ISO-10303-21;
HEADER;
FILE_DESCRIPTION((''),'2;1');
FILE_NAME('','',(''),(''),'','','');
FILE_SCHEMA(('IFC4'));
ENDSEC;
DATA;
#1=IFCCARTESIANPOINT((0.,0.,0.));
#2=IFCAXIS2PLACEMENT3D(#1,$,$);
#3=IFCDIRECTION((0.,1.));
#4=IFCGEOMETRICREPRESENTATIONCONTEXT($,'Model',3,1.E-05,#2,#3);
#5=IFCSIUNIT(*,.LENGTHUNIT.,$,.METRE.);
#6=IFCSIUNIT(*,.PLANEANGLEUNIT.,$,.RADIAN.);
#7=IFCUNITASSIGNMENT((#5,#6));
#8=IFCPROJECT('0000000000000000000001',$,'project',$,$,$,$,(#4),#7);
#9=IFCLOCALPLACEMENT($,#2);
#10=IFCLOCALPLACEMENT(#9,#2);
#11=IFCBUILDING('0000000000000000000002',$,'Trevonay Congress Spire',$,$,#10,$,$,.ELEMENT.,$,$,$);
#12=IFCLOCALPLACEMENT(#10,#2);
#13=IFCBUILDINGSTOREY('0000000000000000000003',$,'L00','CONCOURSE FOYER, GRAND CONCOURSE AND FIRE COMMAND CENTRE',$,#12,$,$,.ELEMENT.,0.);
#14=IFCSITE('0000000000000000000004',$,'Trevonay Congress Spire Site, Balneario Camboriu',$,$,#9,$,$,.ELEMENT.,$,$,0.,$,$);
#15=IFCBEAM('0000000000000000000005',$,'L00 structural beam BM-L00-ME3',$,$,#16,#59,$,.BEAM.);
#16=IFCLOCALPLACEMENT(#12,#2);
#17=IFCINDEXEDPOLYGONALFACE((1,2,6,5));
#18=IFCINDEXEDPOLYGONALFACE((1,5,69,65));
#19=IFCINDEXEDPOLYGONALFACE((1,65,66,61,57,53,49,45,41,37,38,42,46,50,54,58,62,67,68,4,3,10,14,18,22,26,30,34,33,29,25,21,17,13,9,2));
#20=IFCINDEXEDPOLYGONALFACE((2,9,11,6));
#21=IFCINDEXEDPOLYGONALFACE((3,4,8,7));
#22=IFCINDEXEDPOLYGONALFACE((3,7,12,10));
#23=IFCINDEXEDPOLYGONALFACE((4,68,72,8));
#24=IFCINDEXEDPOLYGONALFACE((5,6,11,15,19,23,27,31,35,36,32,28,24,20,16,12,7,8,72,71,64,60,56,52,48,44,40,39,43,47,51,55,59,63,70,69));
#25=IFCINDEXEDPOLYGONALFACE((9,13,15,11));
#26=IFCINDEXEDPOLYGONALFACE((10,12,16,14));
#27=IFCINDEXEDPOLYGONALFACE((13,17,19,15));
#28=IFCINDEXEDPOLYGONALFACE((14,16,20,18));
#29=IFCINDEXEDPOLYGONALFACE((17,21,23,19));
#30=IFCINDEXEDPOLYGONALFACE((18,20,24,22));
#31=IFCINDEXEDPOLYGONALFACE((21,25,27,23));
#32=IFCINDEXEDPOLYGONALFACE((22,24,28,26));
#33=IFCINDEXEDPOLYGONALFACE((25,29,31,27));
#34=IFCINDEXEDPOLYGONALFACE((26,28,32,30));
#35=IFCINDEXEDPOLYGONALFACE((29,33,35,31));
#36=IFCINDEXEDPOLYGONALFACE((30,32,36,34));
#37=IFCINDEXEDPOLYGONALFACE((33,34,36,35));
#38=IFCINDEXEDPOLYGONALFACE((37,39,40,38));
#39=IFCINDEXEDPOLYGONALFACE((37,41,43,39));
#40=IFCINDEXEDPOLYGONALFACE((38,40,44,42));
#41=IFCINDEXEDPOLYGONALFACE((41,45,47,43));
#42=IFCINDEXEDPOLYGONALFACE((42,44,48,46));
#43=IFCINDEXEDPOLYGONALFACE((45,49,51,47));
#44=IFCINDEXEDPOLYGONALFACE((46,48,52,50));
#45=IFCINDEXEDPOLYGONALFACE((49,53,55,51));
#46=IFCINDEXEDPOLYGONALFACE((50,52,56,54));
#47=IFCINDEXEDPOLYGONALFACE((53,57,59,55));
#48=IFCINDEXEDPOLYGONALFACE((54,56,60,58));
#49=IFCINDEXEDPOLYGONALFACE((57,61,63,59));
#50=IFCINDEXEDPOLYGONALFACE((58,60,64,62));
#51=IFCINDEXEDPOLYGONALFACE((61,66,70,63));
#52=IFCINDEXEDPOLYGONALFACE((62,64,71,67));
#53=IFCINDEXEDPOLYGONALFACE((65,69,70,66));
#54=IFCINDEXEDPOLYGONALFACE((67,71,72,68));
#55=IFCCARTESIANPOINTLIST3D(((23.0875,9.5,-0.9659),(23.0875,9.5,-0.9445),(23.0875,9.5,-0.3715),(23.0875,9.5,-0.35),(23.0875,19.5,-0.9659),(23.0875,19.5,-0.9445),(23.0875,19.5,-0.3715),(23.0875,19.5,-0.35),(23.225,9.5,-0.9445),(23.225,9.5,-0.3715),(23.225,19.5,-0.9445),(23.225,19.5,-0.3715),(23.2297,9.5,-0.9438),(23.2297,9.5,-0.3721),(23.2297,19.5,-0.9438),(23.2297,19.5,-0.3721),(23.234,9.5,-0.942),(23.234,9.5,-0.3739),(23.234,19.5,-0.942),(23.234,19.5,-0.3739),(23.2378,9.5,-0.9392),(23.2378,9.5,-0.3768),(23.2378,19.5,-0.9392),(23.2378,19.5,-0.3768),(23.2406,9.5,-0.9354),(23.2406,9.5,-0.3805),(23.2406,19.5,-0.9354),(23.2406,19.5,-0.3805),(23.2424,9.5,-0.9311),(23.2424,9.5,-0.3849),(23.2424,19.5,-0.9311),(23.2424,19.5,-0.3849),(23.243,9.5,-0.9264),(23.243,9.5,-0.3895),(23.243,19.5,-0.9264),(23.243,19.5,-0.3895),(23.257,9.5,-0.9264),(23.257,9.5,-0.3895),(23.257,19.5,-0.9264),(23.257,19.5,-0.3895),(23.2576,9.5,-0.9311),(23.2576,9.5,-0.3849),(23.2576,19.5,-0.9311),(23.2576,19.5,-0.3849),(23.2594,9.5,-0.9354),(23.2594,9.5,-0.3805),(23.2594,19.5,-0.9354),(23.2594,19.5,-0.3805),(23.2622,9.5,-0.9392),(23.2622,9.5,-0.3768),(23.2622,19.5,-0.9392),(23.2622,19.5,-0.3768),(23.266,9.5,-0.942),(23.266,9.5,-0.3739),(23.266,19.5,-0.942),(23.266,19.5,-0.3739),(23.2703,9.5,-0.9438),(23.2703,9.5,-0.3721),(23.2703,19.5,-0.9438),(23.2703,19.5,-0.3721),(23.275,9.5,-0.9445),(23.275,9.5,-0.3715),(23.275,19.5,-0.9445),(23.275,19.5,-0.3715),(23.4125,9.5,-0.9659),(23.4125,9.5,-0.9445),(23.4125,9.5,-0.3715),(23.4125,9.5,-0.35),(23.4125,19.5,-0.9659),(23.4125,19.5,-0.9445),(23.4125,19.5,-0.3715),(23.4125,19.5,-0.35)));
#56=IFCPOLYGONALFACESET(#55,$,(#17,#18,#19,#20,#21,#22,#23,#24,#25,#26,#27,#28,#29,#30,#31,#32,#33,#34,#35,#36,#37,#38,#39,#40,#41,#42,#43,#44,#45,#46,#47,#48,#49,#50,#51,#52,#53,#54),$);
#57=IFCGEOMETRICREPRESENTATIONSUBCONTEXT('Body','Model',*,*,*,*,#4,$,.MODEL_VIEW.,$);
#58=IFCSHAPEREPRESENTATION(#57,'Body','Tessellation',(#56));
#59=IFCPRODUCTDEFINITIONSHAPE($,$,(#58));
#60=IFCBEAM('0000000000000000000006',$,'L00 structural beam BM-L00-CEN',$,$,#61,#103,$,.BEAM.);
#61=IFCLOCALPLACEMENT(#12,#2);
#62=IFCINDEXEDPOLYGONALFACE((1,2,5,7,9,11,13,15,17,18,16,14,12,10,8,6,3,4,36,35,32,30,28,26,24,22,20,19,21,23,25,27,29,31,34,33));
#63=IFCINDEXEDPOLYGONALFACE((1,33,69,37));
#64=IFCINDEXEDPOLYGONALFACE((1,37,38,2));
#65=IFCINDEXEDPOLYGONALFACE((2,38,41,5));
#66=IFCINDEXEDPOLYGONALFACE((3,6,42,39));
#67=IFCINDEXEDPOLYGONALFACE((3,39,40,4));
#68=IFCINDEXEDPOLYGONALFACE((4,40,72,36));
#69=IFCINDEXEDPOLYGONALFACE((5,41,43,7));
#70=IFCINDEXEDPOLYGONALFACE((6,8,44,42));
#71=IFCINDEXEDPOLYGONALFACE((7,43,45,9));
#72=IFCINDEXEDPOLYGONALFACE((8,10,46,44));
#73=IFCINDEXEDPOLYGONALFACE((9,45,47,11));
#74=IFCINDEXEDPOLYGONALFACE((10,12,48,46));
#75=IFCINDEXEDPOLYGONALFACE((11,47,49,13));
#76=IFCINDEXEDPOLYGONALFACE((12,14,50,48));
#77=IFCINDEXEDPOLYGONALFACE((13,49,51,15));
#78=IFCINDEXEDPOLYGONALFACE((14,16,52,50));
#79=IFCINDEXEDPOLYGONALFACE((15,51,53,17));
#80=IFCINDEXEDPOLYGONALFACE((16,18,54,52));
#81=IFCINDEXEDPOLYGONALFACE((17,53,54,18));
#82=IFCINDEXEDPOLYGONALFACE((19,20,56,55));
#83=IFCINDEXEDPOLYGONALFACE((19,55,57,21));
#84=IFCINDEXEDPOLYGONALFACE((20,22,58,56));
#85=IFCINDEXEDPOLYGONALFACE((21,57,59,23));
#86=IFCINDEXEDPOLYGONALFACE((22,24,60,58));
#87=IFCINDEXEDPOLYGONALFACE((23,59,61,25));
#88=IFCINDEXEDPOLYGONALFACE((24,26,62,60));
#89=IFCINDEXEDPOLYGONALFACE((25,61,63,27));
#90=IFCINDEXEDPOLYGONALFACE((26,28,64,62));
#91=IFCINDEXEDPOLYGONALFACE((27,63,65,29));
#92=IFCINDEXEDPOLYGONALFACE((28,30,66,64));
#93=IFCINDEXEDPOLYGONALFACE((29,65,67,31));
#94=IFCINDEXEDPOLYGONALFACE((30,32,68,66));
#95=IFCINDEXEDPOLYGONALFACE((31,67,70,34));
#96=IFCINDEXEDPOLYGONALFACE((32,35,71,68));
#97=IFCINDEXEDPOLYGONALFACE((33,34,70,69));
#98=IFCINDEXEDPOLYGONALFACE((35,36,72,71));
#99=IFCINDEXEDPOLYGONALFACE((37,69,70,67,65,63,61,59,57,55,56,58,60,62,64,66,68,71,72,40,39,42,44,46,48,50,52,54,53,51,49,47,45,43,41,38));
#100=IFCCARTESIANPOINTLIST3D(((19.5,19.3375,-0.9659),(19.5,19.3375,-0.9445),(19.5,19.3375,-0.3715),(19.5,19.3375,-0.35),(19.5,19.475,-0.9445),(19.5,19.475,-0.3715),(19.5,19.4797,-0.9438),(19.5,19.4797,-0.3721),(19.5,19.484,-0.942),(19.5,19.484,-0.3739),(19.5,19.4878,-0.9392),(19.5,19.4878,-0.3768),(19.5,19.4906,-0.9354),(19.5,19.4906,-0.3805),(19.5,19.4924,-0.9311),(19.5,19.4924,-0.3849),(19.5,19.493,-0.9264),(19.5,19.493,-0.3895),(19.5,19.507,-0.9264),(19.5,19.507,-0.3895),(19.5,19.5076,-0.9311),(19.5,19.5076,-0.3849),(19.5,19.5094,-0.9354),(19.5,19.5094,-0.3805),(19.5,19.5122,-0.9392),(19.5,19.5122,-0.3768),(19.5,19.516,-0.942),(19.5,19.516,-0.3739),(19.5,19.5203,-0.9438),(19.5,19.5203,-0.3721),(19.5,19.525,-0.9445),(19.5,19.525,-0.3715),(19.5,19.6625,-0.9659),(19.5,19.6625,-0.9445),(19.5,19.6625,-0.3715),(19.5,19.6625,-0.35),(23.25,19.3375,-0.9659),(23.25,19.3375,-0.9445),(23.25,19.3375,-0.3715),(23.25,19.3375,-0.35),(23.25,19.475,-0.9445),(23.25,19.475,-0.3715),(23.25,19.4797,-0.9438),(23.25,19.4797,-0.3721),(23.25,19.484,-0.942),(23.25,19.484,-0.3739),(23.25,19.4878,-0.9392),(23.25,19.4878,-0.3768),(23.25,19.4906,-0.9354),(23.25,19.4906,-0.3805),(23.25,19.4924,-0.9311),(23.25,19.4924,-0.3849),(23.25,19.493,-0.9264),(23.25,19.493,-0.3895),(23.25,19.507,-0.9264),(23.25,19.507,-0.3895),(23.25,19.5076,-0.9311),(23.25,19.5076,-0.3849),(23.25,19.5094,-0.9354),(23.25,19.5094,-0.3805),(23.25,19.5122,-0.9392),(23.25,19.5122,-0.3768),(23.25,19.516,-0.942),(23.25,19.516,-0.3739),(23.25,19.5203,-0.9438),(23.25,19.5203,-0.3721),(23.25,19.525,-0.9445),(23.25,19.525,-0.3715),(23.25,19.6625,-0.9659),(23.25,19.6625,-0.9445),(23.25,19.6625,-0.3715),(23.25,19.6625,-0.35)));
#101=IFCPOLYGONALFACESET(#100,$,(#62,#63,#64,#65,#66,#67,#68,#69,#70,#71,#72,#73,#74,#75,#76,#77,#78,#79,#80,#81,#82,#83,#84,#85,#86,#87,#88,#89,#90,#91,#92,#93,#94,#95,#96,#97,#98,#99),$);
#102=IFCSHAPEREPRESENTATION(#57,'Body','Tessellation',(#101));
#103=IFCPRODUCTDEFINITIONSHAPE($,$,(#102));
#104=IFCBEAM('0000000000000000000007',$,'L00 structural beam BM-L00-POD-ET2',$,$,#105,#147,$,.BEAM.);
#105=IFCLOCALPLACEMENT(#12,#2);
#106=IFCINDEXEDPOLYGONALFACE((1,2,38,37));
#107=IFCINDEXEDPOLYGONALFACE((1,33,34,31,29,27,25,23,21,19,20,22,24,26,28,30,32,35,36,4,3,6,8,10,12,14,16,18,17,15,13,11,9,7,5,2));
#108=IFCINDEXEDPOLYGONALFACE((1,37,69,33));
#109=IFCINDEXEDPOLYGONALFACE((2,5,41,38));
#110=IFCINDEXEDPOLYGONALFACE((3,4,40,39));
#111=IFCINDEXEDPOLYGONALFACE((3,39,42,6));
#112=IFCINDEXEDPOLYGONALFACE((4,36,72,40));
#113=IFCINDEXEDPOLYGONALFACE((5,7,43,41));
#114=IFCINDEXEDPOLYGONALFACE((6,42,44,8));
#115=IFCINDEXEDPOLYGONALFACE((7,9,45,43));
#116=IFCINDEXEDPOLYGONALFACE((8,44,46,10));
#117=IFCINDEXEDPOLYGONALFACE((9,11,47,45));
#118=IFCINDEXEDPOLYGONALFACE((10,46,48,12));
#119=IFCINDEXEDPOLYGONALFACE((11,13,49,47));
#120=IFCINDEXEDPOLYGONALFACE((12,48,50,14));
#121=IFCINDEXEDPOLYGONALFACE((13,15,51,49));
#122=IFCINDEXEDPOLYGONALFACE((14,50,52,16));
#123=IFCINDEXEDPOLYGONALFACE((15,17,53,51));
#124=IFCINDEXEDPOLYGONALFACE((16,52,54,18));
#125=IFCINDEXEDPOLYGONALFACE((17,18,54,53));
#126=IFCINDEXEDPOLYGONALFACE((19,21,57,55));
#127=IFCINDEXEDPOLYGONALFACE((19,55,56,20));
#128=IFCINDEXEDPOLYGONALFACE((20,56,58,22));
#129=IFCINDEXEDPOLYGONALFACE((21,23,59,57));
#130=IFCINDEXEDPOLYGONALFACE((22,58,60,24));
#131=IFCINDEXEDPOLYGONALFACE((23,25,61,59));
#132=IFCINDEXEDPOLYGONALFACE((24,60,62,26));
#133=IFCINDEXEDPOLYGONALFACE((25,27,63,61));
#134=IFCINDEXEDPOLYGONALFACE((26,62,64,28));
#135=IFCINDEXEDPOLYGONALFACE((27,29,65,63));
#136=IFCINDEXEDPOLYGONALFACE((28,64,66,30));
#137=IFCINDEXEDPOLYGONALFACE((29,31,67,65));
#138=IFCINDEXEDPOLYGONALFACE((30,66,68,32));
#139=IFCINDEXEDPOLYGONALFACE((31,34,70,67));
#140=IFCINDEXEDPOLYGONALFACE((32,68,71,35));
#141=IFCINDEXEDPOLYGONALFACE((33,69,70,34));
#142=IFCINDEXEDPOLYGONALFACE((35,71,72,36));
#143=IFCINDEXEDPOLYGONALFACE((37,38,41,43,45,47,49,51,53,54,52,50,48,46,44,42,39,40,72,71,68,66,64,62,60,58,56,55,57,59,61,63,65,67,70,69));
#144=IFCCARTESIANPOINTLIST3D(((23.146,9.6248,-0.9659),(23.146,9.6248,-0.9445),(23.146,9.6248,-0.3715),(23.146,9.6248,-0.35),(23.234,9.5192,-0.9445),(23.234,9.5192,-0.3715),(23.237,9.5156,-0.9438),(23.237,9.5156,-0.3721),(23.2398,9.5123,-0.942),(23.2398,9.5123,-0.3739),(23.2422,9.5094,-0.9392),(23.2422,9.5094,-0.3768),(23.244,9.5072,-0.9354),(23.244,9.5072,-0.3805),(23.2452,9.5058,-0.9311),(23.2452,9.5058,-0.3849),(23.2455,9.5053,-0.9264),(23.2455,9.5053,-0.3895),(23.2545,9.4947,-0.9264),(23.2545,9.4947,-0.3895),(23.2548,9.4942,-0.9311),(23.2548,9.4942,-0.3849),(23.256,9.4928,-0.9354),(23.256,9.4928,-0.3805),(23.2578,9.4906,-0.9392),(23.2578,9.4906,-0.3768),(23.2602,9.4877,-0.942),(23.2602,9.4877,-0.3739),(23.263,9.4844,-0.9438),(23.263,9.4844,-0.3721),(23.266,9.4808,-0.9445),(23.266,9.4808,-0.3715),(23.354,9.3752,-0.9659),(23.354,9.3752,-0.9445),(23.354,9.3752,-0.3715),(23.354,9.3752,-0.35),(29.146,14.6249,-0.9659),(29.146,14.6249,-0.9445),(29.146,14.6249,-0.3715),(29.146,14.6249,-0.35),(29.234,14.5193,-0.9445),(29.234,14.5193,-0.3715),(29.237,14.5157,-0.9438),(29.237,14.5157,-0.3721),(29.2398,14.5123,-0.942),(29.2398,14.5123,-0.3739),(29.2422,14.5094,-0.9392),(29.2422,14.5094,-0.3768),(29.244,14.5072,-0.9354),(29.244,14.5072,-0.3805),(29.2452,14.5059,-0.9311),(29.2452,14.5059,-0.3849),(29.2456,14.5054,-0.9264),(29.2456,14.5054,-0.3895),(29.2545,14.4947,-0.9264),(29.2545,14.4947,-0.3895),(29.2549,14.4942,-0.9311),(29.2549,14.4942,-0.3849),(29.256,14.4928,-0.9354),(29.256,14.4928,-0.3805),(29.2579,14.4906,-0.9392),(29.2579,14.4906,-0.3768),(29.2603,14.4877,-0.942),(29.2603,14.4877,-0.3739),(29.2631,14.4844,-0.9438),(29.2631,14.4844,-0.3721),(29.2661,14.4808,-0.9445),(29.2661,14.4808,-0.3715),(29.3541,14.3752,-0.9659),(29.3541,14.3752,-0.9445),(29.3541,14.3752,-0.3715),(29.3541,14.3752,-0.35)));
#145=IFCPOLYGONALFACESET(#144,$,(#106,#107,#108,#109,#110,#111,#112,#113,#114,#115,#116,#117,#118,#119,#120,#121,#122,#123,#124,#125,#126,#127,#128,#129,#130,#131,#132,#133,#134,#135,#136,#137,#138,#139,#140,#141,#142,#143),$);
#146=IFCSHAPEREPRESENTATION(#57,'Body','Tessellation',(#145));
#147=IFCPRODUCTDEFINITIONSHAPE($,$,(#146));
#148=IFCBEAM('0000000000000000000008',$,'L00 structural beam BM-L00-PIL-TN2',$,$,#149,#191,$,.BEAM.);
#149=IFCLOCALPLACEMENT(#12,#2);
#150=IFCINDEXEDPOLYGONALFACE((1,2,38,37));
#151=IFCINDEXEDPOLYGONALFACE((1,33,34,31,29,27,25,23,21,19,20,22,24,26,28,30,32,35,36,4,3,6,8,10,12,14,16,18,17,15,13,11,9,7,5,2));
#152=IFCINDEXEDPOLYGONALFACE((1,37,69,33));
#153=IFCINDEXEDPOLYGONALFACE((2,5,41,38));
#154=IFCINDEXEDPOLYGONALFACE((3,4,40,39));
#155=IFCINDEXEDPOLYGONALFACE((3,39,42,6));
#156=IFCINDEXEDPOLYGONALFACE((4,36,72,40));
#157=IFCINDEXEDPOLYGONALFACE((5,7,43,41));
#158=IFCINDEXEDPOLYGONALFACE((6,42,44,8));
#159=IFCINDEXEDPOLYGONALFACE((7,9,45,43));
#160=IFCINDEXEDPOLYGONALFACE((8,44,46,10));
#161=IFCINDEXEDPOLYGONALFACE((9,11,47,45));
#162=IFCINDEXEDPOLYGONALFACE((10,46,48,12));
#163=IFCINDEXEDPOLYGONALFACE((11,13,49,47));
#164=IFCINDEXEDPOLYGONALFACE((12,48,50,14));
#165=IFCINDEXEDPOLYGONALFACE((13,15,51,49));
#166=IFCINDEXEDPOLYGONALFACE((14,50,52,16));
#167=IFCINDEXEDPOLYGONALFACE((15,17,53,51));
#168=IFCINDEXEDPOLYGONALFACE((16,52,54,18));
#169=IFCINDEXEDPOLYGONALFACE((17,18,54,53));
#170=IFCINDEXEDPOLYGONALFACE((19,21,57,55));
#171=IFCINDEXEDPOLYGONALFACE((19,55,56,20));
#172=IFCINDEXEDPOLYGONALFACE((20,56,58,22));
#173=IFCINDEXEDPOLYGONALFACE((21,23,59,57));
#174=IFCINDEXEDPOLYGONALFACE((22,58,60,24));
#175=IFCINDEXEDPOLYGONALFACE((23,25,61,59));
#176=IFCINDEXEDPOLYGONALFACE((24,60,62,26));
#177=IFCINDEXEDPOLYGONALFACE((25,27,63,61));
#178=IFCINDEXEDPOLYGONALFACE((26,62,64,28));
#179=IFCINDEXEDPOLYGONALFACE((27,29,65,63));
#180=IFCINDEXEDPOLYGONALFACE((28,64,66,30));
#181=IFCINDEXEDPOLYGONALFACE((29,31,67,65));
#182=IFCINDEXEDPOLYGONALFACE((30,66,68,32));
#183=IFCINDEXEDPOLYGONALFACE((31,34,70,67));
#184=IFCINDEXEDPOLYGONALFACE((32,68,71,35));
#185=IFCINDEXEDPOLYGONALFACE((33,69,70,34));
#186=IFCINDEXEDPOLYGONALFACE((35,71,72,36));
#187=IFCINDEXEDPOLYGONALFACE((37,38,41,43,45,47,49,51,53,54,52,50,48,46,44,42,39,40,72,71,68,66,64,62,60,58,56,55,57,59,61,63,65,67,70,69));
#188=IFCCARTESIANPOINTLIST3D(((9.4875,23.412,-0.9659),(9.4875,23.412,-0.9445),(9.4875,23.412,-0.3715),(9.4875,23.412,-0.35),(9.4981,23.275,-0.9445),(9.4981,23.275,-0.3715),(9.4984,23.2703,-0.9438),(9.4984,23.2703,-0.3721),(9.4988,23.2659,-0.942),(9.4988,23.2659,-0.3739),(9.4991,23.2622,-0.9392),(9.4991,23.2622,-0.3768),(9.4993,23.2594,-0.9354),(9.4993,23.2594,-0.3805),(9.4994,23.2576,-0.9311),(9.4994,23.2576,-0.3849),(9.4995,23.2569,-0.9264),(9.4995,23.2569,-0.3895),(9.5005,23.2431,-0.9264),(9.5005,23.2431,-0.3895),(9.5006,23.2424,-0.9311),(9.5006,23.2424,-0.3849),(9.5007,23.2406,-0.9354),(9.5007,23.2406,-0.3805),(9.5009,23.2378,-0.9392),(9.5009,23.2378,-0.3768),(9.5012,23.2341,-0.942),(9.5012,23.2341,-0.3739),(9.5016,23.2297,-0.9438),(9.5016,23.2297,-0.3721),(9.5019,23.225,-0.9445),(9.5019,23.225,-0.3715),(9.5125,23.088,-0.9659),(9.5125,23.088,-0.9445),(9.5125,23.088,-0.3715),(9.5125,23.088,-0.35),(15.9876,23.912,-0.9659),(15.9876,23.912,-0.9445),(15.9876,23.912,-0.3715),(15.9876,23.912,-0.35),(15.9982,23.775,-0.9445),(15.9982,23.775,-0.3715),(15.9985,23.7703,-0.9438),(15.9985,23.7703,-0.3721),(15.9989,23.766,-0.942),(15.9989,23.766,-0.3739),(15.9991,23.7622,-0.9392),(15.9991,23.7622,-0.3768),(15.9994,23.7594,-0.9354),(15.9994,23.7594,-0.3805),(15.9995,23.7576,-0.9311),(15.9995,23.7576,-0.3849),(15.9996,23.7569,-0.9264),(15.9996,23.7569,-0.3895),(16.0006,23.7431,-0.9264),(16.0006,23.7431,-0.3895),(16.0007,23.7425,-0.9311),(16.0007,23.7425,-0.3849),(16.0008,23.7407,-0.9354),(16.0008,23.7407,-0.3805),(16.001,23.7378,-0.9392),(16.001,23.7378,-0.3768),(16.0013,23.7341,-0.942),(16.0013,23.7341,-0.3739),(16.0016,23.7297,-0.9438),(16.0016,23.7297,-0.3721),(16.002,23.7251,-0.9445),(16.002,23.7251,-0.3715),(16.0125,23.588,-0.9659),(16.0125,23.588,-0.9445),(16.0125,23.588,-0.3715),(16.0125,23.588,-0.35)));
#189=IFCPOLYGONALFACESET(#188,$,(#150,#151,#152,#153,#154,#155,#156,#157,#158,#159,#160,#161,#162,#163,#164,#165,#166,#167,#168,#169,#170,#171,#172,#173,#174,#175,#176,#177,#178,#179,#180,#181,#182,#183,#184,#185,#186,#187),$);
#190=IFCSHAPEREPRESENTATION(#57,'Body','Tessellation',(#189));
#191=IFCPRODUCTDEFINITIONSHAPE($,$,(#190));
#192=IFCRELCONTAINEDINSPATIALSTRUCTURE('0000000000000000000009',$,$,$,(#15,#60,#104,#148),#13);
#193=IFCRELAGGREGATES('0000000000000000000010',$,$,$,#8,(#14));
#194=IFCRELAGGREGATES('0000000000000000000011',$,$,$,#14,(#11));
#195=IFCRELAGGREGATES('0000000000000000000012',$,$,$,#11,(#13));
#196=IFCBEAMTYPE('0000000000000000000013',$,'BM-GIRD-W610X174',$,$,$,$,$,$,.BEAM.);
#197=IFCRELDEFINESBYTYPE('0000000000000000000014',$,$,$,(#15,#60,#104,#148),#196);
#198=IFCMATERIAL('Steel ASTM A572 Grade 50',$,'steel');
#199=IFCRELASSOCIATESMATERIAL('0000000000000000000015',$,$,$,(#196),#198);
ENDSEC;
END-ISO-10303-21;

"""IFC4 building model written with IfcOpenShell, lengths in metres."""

from ifc_helpers import new_model, si_unit, direction, frame, origin, origin_2d, place, context, subcontext, project, spatial, i_section, extrude, material, material_profile, profile_set, type_object, element, save


model = new_model("IFC4")

# Units and contexts
model_context = context("Model", 3, precision=1e-05, world=origin(), true_north=direction((0.0, 1.0)))
body_context = subcontext(model_context, "Body", "Model", "MODEL_VIEW")
ifc_project = project(units=[si_unit("LENGTHUNIT", "METRE"), si_unit("PLANEANGLEUNIT", "RADIAN")], contexts=[model_context])

# Site, building, storey
site_placement = place(None, origin())
site = spatial("IfcSite", under=ifc_project, at=site_placement, Name="Trevonay Congress Spire Site, Balneario Camboriu", CompositionType="ELEMENT", RefElevation=0.0)
building_placement = place(site_placement, origin())
building = spatial("IfcBuilding", under=site, at=building_placement, Name="Trevonay Congress Spire", CompositionType="ELEMENT")
storey_placement = place(building_placement, origin())
storey = spatial("IfcBuildingStorey", under=building, at=storey_placement, Name="L00", Description="CONCOURSE FOYER, GRAND CONCOURSE AND FIRE COMMAND CENTRE", CompositionType="ELEMENT", Elevation=0.0)

# Shared definitions
ifc_material_1 = material(Name="Steel ASTM A572 Grade 50", Category="steel")

# Beams
ifc_material_profile_1 = material_profile(ifc_material_1, i_section(OverallWidth=0.325, OverallDepth=0.616, WebThickness=0.0139, FlangeThickness=0.0215, FilletRadius=0.0181, at=origin_2d()), Name="W610x174")
ifc_profile_set_1 = profile_set([ifc_material_profile_1], Name="Steel ASTM A572 Grade 50")
beam_type_1 = type_object("IfcBeamType", Name="BM-GIRD-W610X174", PredefinedType="BEAM", material=ifc_profile_set_1)
beam_1_placement = place(storey_placement, frame((23.25, 9.5, -0.658), z_axis=(0.0, 1.0, 0.0), x_axis=(-1.0, 0.0, 0.0)))
element("IfcBeam", 1, at=beam_1_placement, inside=storey, type_object=beam_type_1, Name="L00 structural beam BM-L00-ME3", PredefinedType="BEAM", context=body_context, shape_type="SweptSolid", body=[
    extrude(i_section(OverallWidth=0.325, OverallDepth=0.616, WebThickness=0.0139, FlangeThickness=0.0215, FilletRadius=0.0181, at=origin_2d()), origin(), (0.0, 0.0, 1.0), 10.0),
])
beam_2_placement = place(storey_placement, frame((23.25, 19.5, -0.658), z_axis=(-1.0, 0.0, 0.0), x_axis=(0.0, -1.0, 0.0)))
element("IfcBeam", 2, at=beam_2_placement, inside=storey, type_object=beam_type_1, Name="L00 structural beam BM-L00-CEN", PredefinedType="BEAM", context=body_context, shape_type="SweptSolid", body=[
    extrude(i_section(OverallWidth=0.325, OverallDepth=0.616, WebThickness=0.0139, FlangeThickness=0.0215, FilletRadius=0.0181, at=origin_2d()), origin(), (0.0, 0.0, 1.0), 3.75),
])
beam_3_placement = place(storey_placement, frame((23.25, 9.5, -0.658), z_axis=(0.768221, 0.640184, 0.0), x_axis=(-0.640184, 0.768221, 0.0)))
element("IfcBeam", 3, at=beam_3_placement, inside=storey, type_object=beam_type_1, Name="L00 structural beam BM-L00-POD-ET2", PredefinedType="BEAM", context=body_context, shape_type="SweptSolid", body=[
    extrude(i_section(OverallWidth=0.325, OverallDepth=0.616, WebThickness=0.0139, FlangeThickness=0.0215, FilletRadius=0.0181, at=origin_2d()), origin(), (0.0, 0.0, 1.0), 7.8103),
])
beam_4_placement = place(storey_placement, frame((9.5, 23.25, -0.658), z_axis=(0.997054, 0.076696, 0.0), x_axis=(-0.076696, 0.997054, 0.0)))
element("IfcBeam", 4, at=beam_4_placement, inside=storey, type_object=beam_type_1, Name="L00 structural beam BM-L00-PIL-TN2", PredefinedType="BEAM", context=body_context, shape_type="SweptSolid", body=[
    extrude(i_section(OverallWidth=0.325, OverallDepth=0.616, WebThickness=0.0139, FlangeThickness=0.0215, FilletRadius=0.0181, at=origin_2d()), origin(), (0.0, 0.0, 1.0), 6.5193),
])

save(model, "model.ifc")
